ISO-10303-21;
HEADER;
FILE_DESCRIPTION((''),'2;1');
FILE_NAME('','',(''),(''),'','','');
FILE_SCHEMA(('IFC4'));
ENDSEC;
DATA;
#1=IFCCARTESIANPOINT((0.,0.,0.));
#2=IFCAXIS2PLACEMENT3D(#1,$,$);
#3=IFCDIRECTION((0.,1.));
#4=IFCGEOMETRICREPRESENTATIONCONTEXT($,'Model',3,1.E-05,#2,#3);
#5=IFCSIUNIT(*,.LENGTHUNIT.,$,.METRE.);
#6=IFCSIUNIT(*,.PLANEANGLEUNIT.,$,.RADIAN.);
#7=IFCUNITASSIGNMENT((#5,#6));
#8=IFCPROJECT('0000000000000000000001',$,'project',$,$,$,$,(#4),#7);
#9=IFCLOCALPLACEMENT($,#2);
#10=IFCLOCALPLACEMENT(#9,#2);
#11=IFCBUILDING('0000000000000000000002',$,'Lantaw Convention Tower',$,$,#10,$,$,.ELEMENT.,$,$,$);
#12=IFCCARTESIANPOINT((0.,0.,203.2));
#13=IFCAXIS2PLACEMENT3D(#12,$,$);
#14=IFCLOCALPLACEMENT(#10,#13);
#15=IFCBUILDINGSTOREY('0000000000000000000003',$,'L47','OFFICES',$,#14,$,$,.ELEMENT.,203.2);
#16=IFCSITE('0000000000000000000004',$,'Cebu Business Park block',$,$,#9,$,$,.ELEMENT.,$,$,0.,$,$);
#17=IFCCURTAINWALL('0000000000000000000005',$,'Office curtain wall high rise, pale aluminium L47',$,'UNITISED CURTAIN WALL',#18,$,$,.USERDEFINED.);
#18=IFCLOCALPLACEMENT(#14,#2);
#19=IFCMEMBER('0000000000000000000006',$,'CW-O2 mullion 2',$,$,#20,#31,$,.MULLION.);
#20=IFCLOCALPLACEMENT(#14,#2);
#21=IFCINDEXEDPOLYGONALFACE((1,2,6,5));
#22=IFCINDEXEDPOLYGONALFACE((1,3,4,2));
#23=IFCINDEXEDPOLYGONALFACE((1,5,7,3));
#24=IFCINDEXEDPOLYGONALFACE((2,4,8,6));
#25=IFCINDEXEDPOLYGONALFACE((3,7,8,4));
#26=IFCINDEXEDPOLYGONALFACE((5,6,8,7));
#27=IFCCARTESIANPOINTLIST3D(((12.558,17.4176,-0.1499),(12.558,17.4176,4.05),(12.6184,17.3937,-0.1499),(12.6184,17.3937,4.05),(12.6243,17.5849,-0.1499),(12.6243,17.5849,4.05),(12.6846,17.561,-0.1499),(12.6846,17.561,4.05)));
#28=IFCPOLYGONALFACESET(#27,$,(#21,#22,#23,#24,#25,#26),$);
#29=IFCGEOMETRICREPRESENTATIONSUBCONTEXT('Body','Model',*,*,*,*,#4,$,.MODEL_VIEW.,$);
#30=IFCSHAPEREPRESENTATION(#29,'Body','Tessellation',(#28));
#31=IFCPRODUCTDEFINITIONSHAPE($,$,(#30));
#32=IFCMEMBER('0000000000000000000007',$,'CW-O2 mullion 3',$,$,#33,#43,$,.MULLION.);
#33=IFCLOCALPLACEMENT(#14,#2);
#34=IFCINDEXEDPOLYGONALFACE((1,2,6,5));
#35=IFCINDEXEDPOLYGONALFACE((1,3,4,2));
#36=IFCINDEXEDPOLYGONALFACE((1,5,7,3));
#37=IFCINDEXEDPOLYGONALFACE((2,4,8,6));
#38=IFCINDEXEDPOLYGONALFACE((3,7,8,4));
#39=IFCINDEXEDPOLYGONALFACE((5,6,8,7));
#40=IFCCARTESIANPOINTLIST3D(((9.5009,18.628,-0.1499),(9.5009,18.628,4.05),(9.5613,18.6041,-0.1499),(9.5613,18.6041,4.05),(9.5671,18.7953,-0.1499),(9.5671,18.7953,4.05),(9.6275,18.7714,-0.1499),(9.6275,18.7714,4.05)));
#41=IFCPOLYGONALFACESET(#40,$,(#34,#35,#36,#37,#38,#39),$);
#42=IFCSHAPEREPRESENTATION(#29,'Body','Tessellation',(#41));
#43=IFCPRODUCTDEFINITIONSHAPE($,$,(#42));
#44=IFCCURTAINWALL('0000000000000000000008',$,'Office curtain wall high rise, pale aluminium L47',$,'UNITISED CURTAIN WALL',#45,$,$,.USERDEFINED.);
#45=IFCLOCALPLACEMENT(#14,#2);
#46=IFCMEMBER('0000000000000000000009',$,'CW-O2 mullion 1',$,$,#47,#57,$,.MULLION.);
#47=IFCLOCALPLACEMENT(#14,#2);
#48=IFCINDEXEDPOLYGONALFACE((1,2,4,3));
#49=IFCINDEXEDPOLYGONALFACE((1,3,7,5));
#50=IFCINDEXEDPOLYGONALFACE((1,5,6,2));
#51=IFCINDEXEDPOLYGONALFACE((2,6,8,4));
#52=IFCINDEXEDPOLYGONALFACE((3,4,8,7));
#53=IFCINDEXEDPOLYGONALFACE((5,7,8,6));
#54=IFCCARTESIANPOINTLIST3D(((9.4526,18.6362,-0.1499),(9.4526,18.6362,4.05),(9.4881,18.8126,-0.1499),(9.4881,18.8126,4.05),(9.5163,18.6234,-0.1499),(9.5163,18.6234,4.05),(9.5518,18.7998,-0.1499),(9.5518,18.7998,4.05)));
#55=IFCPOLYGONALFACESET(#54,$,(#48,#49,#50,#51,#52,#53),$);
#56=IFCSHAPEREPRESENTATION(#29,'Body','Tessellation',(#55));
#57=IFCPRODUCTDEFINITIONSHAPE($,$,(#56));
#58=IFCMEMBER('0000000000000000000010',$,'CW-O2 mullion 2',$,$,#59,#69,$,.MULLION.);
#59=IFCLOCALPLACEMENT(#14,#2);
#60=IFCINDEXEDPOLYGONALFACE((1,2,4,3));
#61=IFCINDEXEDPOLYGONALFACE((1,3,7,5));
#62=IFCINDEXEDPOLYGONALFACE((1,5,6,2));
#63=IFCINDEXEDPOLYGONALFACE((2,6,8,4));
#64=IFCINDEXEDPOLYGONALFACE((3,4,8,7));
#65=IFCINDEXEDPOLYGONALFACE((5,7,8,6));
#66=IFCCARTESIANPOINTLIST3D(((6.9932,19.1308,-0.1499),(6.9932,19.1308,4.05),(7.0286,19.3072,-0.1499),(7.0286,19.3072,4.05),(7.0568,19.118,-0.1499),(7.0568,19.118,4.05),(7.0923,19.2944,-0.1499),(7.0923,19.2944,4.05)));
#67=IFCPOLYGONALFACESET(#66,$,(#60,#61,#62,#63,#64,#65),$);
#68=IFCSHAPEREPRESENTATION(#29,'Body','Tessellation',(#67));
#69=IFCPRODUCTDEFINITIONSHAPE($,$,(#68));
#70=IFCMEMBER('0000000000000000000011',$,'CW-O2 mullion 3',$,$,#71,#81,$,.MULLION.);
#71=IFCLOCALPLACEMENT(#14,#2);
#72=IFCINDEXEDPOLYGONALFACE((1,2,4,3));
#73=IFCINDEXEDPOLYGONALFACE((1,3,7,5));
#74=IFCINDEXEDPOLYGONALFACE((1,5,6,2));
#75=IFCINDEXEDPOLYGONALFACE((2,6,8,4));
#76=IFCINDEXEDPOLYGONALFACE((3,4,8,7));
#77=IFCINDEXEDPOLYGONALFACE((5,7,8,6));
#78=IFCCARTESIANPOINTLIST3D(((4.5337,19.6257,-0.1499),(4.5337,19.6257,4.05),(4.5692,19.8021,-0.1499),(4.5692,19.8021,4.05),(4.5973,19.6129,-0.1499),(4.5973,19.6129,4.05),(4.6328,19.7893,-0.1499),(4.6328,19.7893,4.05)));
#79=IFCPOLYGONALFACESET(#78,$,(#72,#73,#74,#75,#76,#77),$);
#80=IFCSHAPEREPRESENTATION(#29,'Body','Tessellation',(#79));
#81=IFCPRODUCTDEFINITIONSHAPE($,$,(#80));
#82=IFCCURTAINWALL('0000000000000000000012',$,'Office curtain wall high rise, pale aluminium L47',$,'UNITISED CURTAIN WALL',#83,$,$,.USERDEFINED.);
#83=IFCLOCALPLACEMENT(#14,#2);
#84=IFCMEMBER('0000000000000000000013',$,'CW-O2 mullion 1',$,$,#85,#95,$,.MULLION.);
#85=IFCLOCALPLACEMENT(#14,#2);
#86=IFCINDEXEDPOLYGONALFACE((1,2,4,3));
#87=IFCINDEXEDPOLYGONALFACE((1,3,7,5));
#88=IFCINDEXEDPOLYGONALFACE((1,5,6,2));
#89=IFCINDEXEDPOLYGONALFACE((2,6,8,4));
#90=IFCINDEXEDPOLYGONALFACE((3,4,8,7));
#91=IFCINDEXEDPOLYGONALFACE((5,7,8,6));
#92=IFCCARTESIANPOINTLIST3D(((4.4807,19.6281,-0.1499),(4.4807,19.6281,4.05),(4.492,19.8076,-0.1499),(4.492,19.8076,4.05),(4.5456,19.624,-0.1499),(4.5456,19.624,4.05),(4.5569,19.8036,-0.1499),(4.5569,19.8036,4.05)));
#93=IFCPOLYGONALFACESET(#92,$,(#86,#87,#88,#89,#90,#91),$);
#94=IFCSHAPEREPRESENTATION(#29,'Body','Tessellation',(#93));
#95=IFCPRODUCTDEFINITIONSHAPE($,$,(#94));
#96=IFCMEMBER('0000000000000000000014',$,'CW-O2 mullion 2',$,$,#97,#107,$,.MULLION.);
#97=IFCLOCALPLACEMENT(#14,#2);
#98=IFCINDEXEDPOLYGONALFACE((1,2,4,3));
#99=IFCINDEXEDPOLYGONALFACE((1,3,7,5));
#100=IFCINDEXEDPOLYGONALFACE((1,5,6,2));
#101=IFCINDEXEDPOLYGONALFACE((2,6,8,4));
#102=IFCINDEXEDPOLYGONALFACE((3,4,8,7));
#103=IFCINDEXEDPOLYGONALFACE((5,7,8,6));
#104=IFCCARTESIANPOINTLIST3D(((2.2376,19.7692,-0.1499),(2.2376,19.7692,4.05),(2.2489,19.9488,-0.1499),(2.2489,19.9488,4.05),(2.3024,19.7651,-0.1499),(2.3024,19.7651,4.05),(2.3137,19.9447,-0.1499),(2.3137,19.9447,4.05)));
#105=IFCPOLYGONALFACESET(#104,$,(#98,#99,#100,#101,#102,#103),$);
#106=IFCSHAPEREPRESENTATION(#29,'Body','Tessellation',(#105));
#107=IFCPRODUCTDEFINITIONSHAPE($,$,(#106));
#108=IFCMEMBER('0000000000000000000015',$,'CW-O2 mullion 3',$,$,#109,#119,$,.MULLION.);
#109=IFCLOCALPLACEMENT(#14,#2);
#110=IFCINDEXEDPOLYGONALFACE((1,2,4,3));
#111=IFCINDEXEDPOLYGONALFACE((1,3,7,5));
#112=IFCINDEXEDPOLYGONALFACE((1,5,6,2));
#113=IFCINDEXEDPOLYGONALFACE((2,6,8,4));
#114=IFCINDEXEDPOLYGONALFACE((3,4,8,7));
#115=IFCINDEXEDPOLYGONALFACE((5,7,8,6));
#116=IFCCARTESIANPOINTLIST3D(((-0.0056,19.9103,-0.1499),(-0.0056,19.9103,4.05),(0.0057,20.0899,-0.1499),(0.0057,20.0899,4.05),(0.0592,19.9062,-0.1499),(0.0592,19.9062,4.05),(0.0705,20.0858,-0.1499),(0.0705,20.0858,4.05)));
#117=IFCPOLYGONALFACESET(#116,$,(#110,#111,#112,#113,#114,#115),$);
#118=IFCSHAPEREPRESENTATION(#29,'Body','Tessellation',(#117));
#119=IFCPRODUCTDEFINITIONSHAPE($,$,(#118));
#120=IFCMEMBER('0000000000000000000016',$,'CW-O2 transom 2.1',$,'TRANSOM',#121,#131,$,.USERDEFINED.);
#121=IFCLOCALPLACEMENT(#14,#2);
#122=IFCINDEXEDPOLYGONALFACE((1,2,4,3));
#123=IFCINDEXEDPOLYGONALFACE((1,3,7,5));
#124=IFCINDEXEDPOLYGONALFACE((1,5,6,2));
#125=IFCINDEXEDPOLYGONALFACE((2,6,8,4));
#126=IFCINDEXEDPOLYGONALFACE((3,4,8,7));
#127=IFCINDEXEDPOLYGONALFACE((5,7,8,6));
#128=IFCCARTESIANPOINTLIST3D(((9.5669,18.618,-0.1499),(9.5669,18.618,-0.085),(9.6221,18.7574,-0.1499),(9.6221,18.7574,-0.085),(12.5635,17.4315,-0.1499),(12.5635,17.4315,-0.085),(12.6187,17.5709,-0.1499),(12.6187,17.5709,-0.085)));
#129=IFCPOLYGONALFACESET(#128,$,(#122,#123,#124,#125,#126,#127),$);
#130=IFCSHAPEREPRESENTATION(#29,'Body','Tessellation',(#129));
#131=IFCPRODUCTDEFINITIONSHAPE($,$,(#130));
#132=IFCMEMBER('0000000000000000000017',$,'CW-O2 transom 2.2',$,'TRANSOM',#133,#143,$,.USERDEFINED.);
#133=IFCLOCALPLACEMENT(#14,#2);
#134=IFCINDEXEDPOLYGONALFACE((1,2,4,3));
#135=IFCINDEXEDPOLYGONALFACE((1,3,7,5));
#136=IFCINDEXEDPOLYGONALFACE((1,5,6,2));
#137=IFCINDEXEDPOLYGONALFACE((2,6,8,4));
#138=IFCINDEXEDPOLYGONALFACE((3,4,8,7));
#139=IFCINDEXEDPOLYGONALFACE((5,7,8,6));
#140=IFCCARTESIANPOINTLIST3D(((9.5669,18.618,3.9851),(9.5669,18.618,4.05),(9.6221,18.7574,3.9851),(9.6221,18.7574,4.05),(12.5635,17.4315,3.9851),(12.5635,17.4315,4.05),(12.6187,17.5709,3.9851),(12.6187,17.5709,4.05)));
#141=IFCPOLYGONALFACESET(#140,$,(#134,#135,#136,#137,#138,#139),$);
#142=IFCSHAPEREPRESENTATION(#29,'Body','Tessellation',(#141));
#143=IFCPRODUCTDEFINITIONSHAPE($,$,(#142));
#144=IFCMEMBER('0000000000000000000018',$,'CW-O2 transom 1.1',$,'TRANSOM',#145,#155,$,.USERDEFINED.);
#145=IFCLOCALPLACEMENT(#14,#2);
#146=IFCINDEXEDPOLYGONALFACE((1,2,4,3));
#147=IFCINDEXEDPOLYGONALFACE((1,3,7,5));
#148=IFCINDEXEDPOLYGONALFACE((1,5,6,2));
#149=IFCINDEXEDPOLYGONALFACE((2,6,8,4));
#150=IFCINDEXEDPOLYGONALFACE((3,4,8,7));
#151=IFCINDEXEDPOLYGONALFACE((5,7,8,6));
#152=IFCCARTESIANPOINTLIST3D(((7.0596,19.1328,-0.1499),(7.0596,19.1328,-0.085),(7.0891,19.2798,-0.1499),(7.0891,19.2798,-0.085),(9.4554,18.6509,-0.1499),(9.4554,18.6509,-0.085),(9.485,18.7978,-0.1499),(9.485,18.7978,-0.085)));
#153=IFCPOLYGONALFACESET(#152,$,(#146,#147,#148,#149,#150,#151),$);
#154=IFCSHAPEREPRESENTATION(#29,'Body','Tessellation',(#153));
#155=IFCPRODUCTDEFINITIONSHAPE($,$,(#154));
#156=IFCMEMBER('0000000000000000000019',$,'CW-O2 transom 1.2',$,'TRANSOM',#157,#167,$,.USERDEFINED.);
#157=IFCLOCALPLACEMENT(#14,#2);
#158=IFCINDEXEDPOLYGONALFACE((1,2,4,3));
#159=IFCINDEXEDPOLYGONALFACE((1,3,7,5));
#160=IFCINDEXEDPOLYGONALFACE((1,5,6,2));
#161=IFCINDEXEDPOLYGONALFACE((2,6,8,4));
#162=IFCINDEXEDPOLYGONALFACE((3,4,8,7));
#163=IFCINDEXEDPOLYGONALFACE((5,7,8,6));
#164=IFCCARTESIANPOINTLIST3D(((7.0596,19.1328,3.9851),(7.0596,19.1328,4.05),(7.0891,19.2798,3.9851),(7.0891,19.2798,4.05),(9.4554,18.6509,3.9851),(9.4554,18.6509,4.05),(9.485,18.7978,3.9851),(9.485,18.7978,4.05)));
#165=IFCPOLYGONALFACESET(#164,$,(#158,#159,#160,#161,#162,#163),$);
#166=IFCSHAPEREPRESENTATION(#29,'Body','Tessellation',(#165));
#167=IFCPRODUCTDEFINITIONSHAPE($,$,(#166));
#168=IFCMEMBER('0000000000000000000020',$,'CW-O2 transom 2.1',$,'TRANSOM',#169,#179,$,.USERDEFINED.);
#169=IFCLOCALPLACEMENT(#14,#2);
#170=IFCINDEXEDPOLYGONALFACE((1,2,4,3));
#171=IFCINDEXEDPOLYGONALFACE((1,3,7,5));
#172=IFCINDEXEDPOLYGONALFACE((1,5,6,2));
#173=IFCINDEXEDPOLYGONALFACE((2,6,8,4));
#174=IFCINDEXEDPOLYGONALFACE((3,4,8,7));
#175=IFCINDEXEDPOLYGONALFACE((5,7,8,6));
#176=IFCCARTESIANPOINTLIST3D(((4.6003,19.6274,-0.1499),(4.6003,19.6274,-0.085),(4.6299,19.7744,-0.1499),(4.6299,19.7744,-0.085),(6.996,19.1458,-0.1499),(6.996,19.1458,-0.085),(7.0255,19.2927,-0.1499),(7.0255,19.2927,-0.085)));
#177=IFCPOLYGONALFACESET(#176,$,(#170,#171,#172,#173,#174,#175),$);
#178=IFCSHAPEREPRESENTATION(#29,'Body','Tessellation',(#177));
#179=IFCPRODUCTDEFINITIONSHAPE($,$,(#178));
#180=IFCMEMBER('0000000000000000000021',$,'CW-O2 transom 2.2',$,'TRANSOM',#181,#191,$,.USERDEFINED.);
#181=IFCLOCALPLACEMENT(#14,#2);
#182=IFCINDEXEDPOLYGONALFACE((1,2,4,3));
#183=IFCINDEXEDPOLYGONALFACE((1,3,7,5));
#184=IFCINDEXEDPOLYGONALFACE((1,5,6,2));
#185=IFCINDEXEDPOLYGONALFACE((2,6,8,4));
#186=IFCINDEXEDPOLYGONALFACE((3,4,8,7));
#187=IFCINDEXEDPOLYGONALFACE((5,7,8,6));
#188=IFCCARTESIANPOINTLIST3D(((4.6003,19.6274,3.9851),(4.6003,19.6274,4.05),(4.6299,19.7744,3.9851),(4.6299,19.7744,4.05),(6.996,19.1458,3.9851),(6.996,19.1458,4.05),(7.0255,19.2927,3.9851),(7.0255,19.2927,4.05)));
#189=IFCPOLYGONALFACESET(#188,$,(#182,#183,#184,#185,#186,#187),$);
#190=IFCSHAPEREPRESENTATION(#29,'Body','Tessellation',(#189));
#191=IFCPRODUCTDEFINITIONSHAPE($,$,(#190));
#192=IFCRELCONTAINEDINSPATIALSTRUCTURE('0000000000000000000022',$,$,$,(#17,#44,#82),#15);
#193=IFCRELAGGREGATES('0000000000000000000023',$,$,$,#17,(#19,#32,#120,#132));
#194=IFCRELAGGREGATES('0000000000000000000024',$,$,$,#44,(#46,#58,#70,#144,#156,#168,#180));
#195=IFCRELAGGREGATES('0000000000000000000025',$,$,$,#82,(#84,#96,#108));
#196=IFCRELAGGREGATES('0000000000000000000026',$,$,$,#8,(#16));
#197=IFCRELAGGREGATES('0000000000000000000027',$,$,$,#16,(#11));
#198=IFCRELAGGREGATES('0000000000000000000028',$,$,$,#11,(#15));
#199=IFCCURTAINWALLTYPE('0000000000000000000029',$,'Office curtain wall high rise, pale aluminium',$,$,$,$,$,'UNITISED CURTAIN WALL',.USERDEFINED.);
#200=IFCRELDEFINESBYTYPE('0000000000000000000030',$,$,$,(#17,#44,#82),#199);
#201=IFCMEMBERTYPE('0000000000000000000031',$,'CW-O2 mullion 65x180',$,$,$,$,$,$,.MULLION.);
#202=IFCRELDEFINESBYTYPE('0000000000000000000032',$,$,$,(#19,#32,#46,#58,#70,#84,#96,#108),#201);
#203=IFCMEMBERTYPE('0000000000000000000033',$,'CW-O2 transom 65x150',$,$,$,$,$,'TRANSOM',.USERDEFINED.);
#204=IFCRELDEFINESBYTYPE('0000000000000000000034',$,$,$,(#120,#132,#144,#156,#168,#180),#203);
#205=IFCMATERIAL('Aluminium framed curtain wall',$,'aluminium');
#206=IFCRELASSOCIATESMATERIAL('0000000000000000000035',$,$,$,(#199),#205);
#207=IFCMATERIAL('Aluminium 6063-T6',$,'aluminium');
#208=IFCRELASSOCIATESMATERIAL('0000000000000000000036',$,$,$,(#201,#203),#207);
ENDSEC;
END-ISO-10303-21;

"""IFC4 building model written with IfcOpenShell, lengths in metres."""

from ifc_helpers import new_model, si_unit, direction, frame, origin, origin_2d, place, context, subcontext, project, spatial, rectangle, extrude, material, material_profile, profile_set, type_object, element, aggregate, save


model = new_model("IFC4")

# Units and contexts
model_context = context("Model", 3, precision=1e-05, world=origin(), true_north=direction((0.0, 1.0)))
body_context = subcontext(model_context, "Body", "Model", "MODEL_VIEW")
ifc_project = project(units=[si_unit("LENGTHUNIT", "METRE"), si_unit("PLANEANGLEUNIT", "RADIAN")], contexts=[model_context])

# Site, building, storey
site_placement = place(None, origin())
site = spatial("IfcSite", under=ifc_project, at=site_placement, Name="Cebu Business Park block", CompositionType="ELEMENT", RefElevation=0.0)
building_placement = place(site_placement, origin())
building = spatial("IfcBuilding", under=site, at=building_placement, Name="Lantaw Convention Tower", CompositionType="ELEMENT")
storey_placement = place(building_placement, frame((0.0, 0.0, 203.2)))
storey = spatial("IfcBuildingStorey", under=building, at=storey_placement, Name="L47", Description="OFFICES", CompositionType="ELEMENT", Elevation=203.2)

# Curtain walls, members
ifc_material_1 = material(Name="Aluminium framed curtain wall", Category="aluminium")
curtain_wall_type = type_object("IfcCurtainWallType", Name="Office curtain wall high rise, pale aluminium", ElementType="UNITISED CURTAIN WALL", PredefinedType="USERDEFINED", material=ifc_material_1)
curtain_wall_1_placement = place(storey_placement, origin())
curtain_wall_1 = element("IfcCurtainWall", 1, at=curtain_wall_1_placement, inside=storey, type_object=curtain_wall_type, Name="Office curtain wall high rise, pale aluminium L47", ObjectType="UNITISED CURTAIN WALL", PredefinedType="USERDEFINED")
ifc_material_2 = material(Name="Aluminium 6063-T6", Category="aluminium")
ifc_material_profile_1 = material_profile(ifc_material_2, rectangle(XDim=0.1799, YDim=0.0649, at=origin_2d()), Name="CW-O2 mullion 65x180")
ifc_profile_set_1 = profile_set([ifc_material_profile_1], Name="Aluminium 6063-T6")
member_type_1 = type_object("IfcMemberType", Name="CW-O2 mullion 65x180", PredefinedType="MULLION", material=ifc_profile_set_1)
member_1_placement = place(storey_placement, frame((12.6213, 17.4893, -0.1499), z_axis=(0.0, 0.0, 1.0), x_axis=(-0.368162, -0.929762, 0.0)))
member_1 = element("IfcMember", 2, at=member_1_placement, type_object=member_type_1, Name="CW-O2 mullion 2", PredefinedType="MULLION", context=body_context, shape_type="SweptSolid", body=[
    extrude(rectangle(XDim=0.1799, YDim=0.0649, at=origin_2d()), origin(), (0.0, 0.0, 1.0), 4.2),
])
member_2_placement = place(storey_placement, frame((9.5642, 18.6997, -0.1499), z_axis=(0.0, 0.0, 1.0), x_axis=(-0.368162, -0.929762, 0.0)))
member_2 = element("IfcMember", 3, at=member_2_placement, type_object=member_type_1, Name="CW-O2 mullion 3", PredefinedType="MULLION", context=body_context, shape_type="SweptSolid", body=[
    extrude(rectangle(XDim=0.1799, YDim=0.0649, at=origin_2d()), origin(), (0.0, 0.0, 1.0), 4.2),
])
curtain_wall_2_placement = place(storey_placement, origin())
curtain_wall_2 = element("IfcCurtainWall", 4, at=curtain_wall_2_placement, inside=storey, type_object=curtain_wall_type, Name="Office curtain wall high rise, pale aluminium L47", ObjectType="UNITISED CURTAIN WALL", PredefinedType="USERDEFINED")
member_3_placement = place(storey_placement, frame((9.5022, 18.718, -0.1499), z_axis=(0.0, 0.0, 1.0), x_axis=(-0.197183, -0.980367, 0.0)))
member_3 = element("IfcMember", 5, at=member_3_placement, type_object=member_type_1, Name="CW-O2 mullion 1", PredefinedType="MULLION", context=body_context, shape_type="SweptSolid", body=[
    extrude(rectangle(XDim=0.1799, YDim=0.0649, at=origin_2d()), origin(), (0.0, 0.0, 1.0), 4.2),
])
member_4_placement = place(storey_placement, frame((7.0427, 19.2126, -0.1499), z_axis=(0.0, 0.0, 1.0), x_axis=(-0.197183, -0.980367, 0.0)))
member_4 = element("IfcMember", 6, at=member_4_placement, type_object=member_type_1, Name="CW-O2 mullion 2", PredefinedType="MULLION", context=body_context, shape_type="SweptSolid", body=[
    extrude(rectangle(XDim=0.1799, YDim=0.0649, at=origin_2d()), origin(), (0.0, 0.0, 1.0), 4.2),
])
member_5_placement = place(storey_placement, frame((4.5833, 19.7075, -0.1499), z_axis=(0.0, 0.0, 1.0), x_axis=(-0.197183, -0.980367, 0.0)))
member_5 = element("IfcMember", 7, at=member_5_placement, type_object=member_type_1, Name="CW-O2 mullion 3", PredefinedType="MULLION", context=body_context, shape_type="SweptSolid", body=[
    extrude(rectangle(XDim=0.1799, YDim=0.0649, at=origin_2d()), origin(), (0.0, 0.0, 1.0), 4.2),
])
curtain_wall_3_placement = place(storey_placement, origin())
curtain_wall_3 = element("IfcCurtainWall", 8, at=curtain_wall_3_placement, inside=storey, type_object=curtain_wall_type, Name="Office curtain wall high rise, pale aluminium L47", ObjectType="UNITISED CURTAIN WALL", PredefinedType="USERDEFINED")
member_6_placement = place(storey_placement, frame((4.5188, 19.7158, -0.1499), z_axis=(0.0, 0.0, 1.0), x_axis=(-0.062758, -0.998029, 0.0)))
member_6 = element("IfcMember", 9, at=member_6_placement, type_object=member_type_1, Name="CW-O2 mullion 1", PredefinedType="MULLION", context=body_context, shape_type="SweptSolid", body=[
    extrude(rectangle(XDim=0.1799, YDim=0.0649, at=origin_2d()), origin(), (0.0, 0.0, 1.0), 4.2),
])
member_7_placement = place(storey_placement, frame((2.2756, 19.8569, -0.1499), z_axis=(0.0, 0.0, 1.0), x_axis=(-0.062758, -0.998029, 0.0)))
member_7 = element("IfcMember", 10, at=member_7_placement, type_object=member_type_1, Name="CW-O2 mullion 2", PredefinedType="MULLION", context=body_context, shape_type="SweptSolid", body=[
    extrude(rectangle(XDim=0.1799, YDim=0.0649, at=origin_2d()), origin(), (0.0, 0.0, 1.0), 4.2),
])
member_8_placement = place(storey_placement, frame((0.0325, 19.998, -0.1499), z_axis=(0.0, 0.0, 1.0), x_axis=(-0.062758, -0.998029, 0.0)))
member_8 = element("IfcMember", 11, at=member_8_placement, type_object=member_type_1, Name="CW-O2 mullion 3", PredefinedType="MULLION", context=body_context, shape_type="SweptSolid", body=[
    extrude(rectangle(XDim=0.1799, YDim=0.0649, at=origin_2d()), origin(), (0.0, 0.0, 1.0), 4.2),
])

# Members
ifc_material_profile_2 = material_profile(ifc_material_2, rectangle(XDim=0.1499, YDim=0.0649, at=origin_2d()), Name="CW-O2 transom 65x150")
ifc_profile_set_2 = profile_set([ifc_material_profile_2], Name="Aluminium 6063-T6")
member_type_2 = type_object("IfcMemberType", Name="CW-O2 transom 65x150", ElementType="TRANSOM", PredefinedType="USERDEFINED", material=ifc_profile_set_2)
member_9_placement = place(storey_placement, frame((12.5911, 17.5012, -0.1174), z_axis=(-0.929767, 0.368149, 0.0), x_axis=(-0.368149, -0.929767, 0.0)))
member_9 = element("IfcMember", 12, at=member_9_placement, type_object=member_type_2, Name="CW-O2 transom 2.1", ObjectType="TRANSOM", PredefinedType="USERDEFINED", context=body_context, shape_type="SweptSolid", body=[
    extrude(rectangle(XDim=0.1499, YDim=0.0649, at=origin_2d()), origin(), (0.0, 0.0, 1.0), 3.2229),
])
member_10_placement = place(storey_placement, frame((12.5911, 17.5012, 4.0176), z_axis=(-0.929767, 0.368149, 0.0), x_axis=(-0.368149, -0.929767, 0.0)))
member_10 = element("IfcMember", 13, at=member_10_placement, type_object=member_type_2, Name="CW-O2 transom 2.2", ObjectType="TRANSOM", PredefinedType="USERDEFINED", context=body_context, shape_type="SweptSolid", body=[
    extrude(rectangle(XDim=0.1499, YDim=0.0649, at=origin_2d()), origin(), (0.0, 0.0, 1.0), 3.2229),
])
member_11_placement = place(storey_placement, frame((9.4702, 18.7244, -0.1174), z_axis=(-0.980361, 0.197211, 0.0), x_axis=(-0.197211, -0.980361, 0.0)))
member_11 = element("IfcMember", 14, at=member_11_placement, type_object=member_type_2, Name="CW-O2 transom 1.1", ObjectType="TRANSOM", PredefinedType="USERDEFINED", context=body_context, shape_type="SweptSolid", body=[
    extrude(rectangle(XDim=0.1499, YDim=0.0649, at=origin_2d()), origin(), (0.0, 0.0, 1.0), 2.4438),
])
member_12_placement = place(storey_placement, frame((9.4702, 18.7244, 4.0176), z_axis=(-0.980361, 0.197211, 0.0), x_axis=(-0.197211, -0.980361, 0.0)))
member_12 = element("IfcMember", 15, at=member_12_placement, type_object=member_type_2, Name="CW-O2 transom 1.2", ObjectType="TRANSOM", PredefinedType="USERDEFINED", context=body_context, shape_type="SweptSolid", body=[
    extrude(rectangle(XDim=0.1499, YDim=0.0649, at=origin_2d()), origin(), (0.0, 0.0, 1.0), 2.4438),
])
member_13_placement = place(storey_placement, frame((7.0107, 19.2192, -0.1174), z_axis=(-0.98038, 0.197115, 0.0), x_axis=(-0.197115, -0.98038, 0.0)))
member_13 = element("IfcMember", 16, at=member_13_placement, type_object=member_type_2, Name="CW-O2 transom 2.1", ObjectType="TRANSOM", PredefinedType="USERDEFINED", context=body_context, shape_type="SweptSolid", body=[
    extrude(rectangle(XDim=0.1499, YDim=0.0649, at=origin_2d()), origin(), (0.0, 0.0, 1.0), 2.4436),
])
member_14_placement = place(storey_placement, frame((7.0107, 19.2192, 4.0176), z_axis=(-0.98038, 0.197115, 0.0), x_axis=(-0.197115, -0.98038, 0.0)))
member_14 = element("IfcMember", 17, at=member_14_placement, type_object=member_type_2, Name="CW-O2 transom 2.2", ObjectType="TRANSOM", PredefinedType="USERDEFINED", context=body_context, shape_type="SweptSolid", body=[
    extrude(rectangle(XDim=0.1499, YDim=0.0649, at=origin_2d()), origin(), (0.0, 0.0, 1.0), 2.4436),
])

aggregate(curtain_wall_1, [member_1, member_2, member_9, member_10])
aggregate(curtain_wall_2, [member_3, member_4, member_5, member_11, member_12, member_13, member_14])
aggregate(curtain_wall_3, [member_6, member_7, member_8])

save(model, "model.ifc")
